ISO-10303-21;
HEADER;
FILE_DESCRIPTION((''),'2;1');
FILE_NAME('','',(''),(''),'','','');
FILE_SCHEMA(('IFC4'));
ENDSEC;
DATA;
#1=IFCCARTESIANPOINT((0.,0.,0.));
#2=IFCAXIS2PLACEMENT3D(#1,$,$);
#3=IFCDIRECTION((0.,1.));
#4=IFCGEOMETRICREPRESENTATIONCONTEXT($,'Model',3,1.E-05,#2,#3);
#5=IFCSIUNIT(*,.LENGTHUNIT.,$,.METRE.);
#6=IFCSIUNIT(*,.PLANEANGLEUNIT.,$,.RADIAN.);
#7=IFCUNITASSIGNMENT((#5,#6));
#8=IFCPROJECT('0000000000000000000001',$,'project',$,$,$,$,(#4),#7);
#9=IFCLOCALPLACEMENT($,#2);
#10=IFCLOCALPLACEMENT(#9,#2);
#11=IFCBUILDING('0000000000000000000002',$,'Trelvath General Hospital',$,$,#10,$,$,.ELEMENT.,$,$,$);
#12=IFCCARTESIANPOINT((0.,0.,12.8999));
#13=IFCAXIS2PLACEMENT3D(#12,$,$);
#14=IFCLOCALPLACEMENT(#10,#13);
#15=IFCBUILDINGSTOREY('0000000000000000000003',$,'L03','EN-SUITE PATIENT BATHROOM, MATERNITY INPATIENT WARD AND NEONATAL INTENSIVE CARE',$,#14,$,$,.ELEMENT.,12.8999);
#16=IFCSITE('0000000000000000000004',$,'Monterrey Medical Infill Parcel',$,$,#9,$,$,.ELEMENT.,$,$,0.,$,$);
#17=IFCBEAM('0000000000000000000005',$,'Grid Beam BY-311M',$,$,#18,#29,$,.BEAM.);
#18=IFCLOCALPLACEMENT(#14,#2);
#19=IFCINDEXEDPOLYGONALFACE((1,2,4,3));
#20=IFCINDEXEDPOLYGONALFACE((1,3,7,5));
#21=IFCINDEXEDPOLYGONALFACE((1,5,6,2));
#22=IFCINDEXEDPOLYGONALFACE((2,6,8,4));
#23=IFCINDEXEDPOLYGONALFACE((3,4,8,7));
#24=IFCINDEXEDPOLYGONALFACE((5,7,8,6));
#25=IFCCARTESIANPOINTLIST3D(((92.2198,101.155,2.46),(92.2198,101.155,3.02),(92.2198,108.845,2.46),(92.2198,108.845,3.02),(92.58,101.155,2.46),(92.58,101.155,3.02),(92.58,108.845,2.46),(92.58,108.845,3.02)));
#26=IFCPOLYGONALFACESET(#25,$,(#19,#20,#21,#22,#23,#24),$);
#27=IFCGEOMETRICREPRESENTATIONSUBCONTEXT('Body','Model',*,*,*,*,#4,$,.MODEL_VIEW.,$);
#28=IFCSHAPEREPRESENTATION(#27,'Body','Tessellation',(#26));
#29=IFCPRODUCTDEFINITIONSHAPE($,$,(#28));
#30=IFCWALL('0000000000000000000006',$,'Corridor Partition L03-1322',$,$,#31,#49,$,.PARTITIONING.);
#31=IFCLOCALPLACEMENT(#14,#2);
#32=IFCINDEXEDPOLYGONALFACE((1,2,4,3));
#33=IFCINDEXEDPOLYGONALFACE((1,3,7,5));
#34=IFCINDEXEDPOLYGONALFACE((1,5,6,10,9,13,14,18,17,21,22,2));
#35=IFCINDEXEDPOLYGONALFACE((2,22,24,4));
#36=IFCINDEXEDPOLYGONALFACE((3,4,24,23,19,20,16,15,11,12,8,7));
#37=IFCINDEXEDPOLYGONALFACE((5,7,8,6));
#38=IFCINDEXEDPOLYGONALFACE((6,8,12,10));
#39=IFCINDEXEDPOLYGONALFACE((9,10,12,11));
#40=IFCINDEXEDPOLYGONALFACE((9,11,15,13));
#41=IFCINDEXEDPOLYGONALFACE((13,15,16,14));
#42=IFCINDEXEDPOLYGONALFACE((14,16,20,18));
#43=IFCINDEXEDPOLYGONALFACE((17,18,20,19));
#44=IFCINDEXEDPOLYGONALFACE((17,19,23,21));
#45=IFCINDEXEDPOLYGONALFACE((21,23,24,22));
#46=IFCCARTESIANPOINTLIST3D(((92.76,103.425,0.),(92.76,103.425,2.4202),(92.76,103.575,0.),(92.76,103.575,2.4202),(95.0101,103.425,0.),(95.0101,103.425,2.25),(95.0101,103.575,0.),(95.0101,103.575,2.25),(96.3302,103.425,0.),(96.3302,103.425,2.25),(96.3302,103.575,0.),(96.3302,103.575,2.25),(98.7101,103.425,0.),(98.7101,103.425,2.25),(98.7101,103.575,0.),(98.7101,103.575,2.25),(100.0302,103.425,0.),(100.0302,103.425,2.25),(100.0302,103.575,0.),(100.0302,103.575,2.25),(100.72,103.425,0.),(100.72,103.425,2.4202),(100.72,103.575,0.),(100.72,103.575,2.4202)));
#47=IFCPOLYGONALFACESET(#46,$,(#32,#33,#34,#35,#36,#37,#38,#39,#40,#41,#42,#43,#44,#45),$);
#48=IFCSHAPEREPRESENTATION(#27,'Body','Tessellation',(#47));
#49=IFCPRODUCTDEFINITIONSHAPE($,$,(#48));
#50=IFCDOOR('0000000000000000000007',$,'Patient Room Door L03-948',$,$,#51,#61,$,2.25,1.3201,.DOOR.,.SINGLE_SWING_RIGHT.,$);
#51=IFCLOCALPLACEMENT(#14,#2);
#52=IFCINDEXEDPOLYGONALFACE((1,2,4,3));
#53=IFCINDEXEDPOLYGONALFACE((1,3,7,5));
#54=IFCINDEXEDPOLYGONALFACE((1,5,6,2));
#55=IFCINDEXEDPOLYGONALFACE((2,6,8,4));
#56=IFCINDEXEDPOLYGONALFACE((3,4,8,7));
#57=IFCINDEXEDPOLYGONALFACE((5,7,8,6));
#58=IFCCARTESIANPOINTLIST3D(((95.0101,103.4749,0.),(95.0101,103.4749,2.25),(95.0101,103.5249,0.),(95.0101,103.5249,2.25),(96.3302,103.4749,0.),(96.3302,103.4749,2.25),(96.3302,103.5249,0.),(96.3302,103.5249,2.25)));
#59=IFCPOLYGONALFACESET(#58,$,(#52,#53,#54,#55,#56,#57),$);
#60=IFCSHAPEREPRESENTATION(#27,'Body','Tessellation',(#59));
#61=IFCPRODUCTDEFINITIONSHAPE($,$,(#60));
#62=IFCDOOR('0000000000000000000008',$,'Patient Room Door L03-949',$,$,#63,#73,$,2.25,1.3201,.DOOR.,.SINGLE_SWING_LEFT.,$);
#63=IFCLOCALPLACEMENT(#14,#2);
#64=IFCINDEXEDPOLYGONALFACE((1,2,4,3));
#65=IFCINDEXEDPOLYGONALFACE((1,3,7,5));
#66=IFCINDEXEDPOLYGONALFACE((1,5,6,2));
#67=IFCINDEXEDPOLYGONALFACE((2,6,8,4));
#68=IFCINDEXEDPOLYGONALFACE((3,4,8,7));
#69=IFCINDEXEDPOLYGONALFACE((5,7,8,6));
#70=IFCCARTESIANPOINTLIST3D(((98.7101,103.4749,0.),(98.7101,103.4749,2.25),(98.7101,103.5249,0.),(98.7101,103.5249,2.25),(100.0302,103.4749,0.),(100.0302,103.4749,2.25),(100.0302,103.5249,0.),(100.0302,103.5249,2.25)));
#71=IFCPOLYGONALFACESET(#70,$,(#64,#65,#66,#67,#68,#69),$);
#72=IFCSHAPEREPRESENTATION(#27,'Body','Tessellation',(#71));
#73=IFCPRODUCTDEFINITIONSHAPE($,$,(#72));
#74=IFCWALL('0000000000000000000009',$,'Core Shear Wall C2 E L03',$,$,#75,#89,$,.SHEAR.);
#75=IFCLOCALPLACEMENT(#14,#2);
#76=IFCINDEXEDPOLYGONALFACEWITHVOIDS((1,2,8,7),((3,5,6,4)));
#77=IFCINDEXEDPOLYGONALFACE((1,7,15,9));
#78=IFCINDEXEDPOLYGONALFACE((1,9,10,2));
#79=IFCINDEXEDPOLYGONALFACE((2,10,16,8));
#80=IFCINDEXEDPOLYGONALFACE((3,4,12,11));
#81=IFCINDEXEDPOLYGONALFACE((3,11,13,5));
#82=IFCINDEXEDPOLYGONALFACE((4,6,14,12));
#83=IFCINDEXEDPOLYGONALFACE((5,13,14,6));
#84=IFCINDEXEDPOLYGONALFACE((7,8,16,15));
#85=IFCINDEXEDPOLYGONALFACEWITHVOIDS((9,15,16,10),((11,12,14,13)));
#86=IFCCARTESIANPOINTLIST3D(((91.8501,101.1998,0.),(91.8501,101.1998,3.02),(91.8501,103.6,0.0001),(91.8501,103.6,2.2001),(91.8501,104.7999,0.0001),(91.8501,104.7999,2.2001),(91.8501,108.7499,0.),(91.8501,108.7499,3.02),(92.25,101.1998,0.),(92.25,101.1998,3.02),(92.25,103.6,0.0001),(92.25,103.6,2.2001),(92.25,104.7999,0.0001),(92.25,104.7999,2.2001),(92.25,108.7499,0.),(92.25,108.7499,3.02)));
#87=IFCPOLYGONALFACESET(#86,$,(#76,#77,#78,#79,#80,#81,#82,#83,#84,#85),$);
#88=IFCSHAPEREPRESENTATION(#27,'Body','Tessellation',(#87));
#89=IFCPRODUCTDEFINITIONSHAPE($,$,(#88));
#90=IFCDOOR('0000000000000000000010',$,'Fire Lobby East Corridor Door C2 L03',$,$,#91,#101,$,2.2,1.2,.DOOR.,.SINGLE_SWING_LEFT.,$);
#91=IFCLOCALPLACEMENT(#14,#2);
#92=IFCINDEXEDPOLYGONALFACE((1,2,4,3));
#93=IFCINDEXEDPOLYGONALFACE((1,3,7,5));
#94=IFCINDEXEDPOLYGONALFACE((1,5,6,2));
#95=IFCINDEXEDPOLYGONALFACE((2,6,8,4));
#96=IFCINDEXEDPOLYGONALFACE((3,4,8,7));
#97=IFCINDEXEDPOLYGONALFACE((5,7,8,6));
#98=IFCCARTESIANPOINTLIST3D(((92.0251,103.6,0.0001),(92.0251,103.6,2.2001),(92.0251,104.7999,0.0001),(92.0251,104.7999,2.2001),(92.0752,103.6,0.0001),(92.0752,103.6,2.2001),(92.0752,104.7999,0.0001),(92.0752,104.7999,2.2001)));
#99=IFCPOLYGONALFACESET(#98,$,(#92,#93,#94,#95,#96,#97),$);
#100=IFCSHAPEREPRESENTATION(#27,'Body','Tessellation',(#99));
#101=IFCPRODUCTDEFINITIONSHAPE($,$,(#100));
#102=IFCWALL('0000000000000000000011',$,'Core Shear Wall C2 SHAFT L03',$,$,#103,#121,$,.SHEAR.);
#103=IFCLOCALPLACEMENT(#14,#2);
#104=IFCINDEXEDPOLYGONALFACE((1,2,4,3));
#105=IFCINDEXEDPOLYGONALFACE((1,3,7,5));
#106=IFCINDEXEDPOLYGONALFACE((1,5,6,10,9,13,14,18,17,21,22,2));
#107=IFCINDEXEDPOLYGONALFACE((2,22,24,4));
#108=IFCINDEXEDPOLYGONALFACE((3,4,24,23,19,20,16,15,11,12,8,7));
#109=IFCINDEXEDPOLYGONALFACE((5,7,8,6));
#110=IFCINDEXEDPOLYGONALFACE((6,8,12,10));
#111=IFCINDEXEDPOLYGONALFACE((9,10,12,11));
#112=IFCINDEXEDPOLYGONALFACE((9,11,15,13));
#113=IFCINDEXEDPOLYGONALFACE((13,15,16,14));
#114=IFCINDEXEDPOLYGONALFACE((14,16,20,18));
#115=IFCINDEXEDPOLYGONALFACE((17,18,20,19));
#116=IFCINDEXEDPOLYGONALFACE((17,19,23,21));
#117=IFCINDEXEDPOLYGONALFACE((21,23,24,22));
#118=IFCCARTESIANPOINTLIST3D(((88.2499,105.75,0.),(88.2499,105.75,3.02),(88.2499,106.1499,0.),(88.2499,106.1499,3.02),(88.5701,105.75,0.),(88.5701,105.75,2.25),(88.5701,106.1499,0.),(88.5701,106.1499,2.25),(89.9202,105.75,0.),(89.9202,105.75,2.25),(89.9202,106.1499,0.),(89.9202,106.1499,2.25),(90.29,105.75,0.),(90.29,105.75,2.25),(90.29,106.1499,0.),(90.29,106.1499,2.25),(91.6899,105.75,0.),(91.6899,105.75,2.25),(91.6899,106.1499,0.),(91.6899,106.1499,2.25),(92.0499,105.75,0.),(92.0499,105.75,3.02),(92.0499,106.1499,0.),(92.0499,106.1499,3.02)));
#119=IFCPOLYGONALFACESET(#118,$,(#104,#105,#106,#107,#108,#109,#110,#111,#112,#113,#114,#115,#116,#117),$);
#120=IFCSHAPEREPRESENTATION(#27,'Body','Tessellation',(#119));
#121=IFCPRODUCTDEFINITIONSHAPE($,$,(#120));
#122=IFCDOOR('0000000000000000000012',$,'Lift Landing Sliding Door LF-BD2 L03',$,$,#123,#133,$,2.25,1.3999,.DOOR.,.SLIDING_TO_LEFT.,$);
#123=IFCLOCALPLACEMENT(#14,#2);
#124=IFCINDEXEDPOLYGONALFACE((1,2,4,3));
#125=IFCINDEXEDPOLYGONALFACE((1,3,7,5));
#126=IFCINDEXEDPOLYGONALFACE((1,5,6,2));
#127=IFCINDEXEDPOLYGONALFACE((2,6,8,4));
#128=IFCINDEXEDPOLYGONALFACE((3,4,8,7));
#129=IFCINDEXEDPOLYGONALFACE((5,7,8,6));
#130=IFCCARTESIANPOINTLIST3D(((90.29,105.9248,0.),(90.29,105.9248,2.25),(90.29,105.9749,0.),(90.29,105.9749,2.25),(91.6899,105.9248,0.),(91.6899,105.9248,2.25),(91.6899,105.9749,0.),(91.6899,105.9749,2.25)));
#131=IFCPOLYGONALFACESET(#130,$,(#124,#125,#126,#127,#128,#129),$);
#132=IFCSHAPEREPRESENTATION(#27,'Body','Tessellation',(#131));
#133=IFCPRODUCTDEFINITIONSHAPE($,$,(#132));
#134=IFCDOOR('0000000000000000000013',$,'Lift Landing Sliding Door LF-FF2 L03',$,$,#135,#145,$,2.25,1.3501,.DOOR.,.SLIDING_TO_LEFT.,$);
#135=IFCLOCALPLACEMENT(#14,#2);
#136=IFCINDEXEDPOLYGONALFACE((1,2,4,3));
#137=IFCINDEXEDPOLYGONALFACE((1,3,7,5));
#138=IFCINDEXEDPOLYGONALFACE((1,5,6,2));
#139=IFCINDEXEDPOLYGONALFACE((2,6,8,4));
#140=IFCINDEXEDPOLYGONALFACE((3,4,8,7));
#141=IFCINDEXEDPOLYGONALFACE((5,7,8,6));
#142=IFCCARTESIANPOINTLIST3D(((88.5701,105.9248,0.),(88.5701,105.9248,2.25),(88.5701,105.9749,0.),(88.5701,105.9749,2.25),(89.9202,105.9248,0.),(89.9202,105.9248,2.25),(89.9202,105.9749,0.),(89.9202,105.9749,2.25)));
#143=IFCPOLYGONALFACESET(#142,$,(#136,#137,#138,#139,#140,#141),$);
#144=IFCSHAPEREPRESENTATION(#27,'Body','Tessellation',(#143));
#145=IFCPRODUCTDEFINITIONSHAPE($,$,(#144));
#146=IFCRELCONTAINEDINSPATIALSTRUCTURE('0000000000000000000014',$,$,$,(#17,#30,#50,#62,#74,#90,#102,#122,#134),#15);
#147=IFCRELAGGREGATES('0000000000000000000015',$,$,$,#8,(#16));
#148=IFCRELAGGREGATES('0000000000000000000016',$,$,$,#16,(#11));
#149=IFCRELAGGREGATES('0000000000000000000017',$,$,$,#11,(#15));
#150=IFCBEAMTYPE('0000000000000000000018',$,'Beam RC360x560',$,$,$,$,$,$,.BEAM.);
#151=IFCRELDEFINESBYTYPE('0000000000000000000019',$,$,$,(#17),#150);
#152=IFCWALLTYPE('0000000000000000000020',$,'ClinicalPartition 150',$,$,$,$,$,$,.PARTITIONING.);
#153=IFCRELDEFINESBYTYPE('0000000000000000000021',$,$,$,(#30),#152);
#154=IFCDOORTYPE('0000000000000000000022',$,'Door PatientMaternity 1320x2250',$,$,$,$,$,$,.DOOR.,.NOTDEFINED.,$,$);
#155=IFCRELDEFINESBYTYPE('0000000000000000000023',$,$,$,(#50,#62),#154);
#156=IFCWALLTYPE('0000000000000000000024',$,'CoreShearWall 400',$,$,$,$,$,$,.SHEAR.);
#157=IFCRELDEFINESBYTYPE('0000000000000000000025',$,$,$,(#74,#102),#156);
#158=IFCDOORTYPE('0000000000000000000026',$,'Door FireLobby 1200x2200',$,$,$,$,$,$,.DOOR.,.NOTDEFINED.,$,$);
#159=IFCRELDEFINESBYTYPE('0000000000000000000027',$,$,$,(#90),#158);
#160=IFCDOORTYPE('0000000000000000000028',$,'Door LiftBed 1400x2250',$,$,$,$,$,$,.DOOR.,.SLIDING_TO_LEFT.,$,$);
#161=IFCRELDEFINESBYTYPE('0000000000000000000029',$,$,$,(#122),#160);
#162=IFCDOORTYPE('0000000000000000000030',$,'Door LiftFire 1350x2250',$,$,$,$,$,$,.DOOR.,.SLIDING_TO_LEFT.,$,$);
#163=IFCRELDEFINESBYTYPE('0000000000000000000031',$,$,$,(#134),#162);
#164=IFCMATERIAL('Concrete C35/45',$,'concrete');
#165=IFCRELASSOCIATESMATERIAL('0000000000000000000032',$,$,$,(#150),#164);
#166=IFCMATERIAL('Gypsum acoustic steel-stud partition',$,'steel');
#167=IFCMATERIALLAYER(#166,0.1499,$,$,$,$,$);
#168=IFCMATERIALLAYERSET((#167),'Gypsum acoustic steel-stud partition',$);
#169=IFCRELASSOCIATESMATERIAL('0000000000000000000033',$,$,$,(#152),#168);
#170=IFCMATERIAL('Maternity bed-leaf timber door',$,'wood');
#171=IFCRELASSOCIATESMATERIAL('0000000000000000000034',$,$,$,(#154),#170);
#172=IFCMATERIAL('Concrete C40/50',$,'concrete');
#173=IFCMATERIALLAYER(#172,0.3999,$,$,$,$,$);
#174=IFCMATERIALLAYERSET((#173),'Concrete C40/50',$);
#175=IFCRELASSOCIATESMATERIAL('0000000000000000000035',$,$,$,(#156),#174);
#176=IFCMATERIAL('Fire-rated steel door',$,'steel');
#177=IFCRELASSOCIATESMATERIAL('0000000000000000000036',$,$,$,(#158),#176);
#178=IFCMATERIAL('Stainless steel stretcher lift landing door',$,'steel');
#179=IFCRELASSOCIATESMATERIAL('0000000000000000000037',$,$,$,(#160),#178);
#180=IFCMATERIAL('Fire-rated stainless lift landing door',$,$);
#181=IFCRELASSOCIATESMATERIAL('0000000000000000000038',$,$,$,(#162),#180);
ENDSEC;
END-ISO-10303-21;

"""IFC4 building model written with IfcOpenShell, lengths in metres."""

from ifc_helpers import new_model, si_unit, direction, frame, frame_2d, origin, origin_2d, place, context, subcontext, project, spatial, rectangle, extrude, material, layer, layer_set, material_profile, profile_set, type_object, element, fill, save


model = new_model("IFC4")

# Units and contexts
model_context = context("Model", 3, precision=1e-05, world=origin(), true_north=direction((0.0, 1.0)))
body_context = subcontext(model_context, "Body", "Model", "MODEL_VIEW")
ifc_project = project(units=[si_unit("LENGTHUNIT", "METRE"), si_unit("PLANEANGLEUNIT", "RADIAN")], contexts=[model_context])

# Site, building, storey
site_placement = place(None, origin())
site = spatial("IfcSite", under=ifc_project, at=site_placement, Name="Monterrey Medical Infill Parcel", CompositionType="ELEMENT", RefElevation=0.0)
building_placement = place(site_placement, origin())
building = spatial("IfcBuilding", under=site, at=building_placement, Name="Trelvath General Hospital", CompositionType="ELEMENT")
storey_placement = place(building_placement, frame((0.0, 0.0, 12.8999)))
storey = spatial("IfcBuildingStorey", under=building, at=storey_placement, Name="L03", Description="EN-SUITE PATIENT BATHROOM, MATERNITY INPATIENT WARD AND NEONATAL INTENSIVE CARE", CompositionType="ELEMENT", Elevation=12.8999)

# Beam
ifc_material_1 = material(Name="Concrete C35/45", Category="concrete")
ifc_material_profile = material_profile(ifc_material_1, rectangle(XDim=0.3601, YDim=0.5601, at=origin_2d()), Name="RCB360x560")
ifc_profile_set = profile_set([ifc_material_profile], Name="Concrete C35/45")
beam_type = type_object("IfcBeamType", Name="Beam RC360x560", PredefinedType="BEAM", material=ifc_profile_set)
beam_placement = place(storey_placement, frame((92.3999, 101.155, 2.74), z_axis=(0.0, 1.0, 0.0), x_axis=(-1.0, 0.0, 0.0)))
element("IfcBeam", 1, at=beam_placement, inside=storey, type_object=beam_type, Name="Grid Beam BY-311M", PredefinedType="BEAM", context=body_context, shape_type="SweptSolid", body=[
    extrude(rectangle(XDim=0.3601, YDim=0.5601, at=origin_2d()), origin(), (0.0, 0.0, 1.0), 7.6899),
])

# Wall, openings, doors
ifc_material_2 = material(Name="Gypsum acoustic steel-stud partition", Category="steel")
ifc_layer_1 = layer(ifc_material_2, 0.1499)
ifc_layer_set_1 = layer_set([ifc_layer_1], Name="Gypsum acoustic steel-stud partition")
wall_type_1 = type_object("IfcWallType", Name="ClinicalPartition 150", PredefinedType="PARTITIONING", material=ifc_layer_set_1)
wall_1_placement = place(storey_placement, frame((92.76, 103.5, 0.0), z_axis=(0.0, 0.0, 1.0), x_axis=(1.0, 0.0, 0.0)))
wall_1 = element("IfcWall", 2, at=wall_1_placement, inside=storey, type_object=wall_type_1, Name="Corridor Partition L03-1322", PredefinedType="PARTITIONING", context=body_context, shape_type="SweptSolid", body=[
    extrude(rectangle(XDim=7.96, YDim=0.1499, at=frame_2d((3.98, 0.0))), origin(), (0.0, 0.0, 1.0), 2.4202),
])
opening_1_placement = place(wall_1_placement, frame((2.25, 0.0, 0.0)))
opening_1 = element("IfcOpeningElement", 3, at=opening_1_placement, cuts=wall_1, PredefinedType="OPENING", context=body_context, shape_type="SweptSolid", body=[
    extrude(rectangle(XDim=1.3201, YDim=2.25, at=frame_2d((0.6602, 1.125))), frame((0.0, 0.085, 0.0), z_axis=(0.0, -1.0, 0.0), x_axis=(1.0, 0.0, 0.0)), (0.0, 0.0, 1.0), 0.1699),
])
opening_2_placement = place(wall_1_placement, frame((5.95, 0.0, 0.0)))
opening_2 = element("IfcOpeningElement", 4, at=opening_2_placement, cuts=wall_1, PredefinedType="OPENING", context=body_context, shape_type="SweptSolid", body=[
    extrude(rectangle(XDim=1.3201, YDim=2.25, at=frame_2d((0.6602, 1.125))), frame((0.0, 0.085, 0.0), z_axis=(0.0, -1.0, 0.0), x_axis=(1.0, 0.0, 0.0)), (0.0, 0.0, 1.0), 0.1699),
])
ifc_material_3 = material(Name="Maternity bed-leaf timber door", Category="wood")
door_type_1 = type_object("IfcDoorType", Name="Door PatientMaternity 1320x2250", OperationType="NOTDEFINED", PredefinedType="DOOR", material=ifc_material_3)
door_1_placement = place(opening_1_placement, origin())
door_1 = element("IfcDoor", 5, at=door_1_placement, inside=storey, type_object=door_type_1, Name="Patient Room Door L03-948", OperationType="SINGLE_SWING_RIGHT", OverallHeight=2.25, OverallWidth=1.3201, PredefinedType="DOOR", context=body_context, shape_type="SweptSolid", body=[
    extrude(rectangle(XDim=1.3201, YDim=2.25, at=frame_2d((0.6602, 1.125))), frame((0.0, 0.0249, 0.0), z_axis=(0.0, -1.0, 0.0), x_axis=(1.0, 0.0, 0.0)), (0.0, 0.0, 1.0), 0.05),
])
fill(opening_1, door_1)
door_2_placement = place(opening_2_placement, origin())
door_2 = element("IfcDoor", 6, at=door_2_placement, inside=storey, type_object=door_type_1, Name="Patient Room Door L03-949", OperationType="SINGLE_SWING_LEFT", OverallHeight=2.25, OverallWidth=1.3201, PredefinedType="DOOR", context=body_context, shape_type="SweptSolid", body=[
    extrude(rectangle(XDim=1.3201, YDim=2.25, at=frame_2d((0.6602, 1.125))), frame((0.0, 0.0249, 0.0), z_axis=(0.0, -1.0, 0.0), x_axis=(1.0, 0.0, 0.0)), (0.0, 0.0, 1.0), 0.05),
])
fill(opening_2, door_2)

# Wall, opening, door
ifc_material_4 = material(Name="Concrete C40/50", Category="concrete")
ifc_layer_2 = layer(ifc_material_4, 0.3999)
ifc_layer_set_2 = layer_set([ifc_layer_2], Name="Concrete C40/50")
wall_type_2 = type_object("IfcWallType", Name="CoreShearWall 400", PredefinedType="SHEAR", material=ifc_layer_set_2)
wall_2_placement = place(storey_placement, frame((92.05, 101.2, 0.0), z_axis=(0.0, 0.0, 1.0), x_axis=(0.0, 1.0, 0.0)))
wall_2 = element("IfcWall", 7, at=wall_2_placement, inside=storey, type_object=wall_type_2, Name="Core Shear Wall C2 E L03", PredefinedType="SHEAR", context=body_context, shape_type="SweptSolid", body=[
    extrude(rectangle(XDim=7.55, YDim=0.3999, at=frame_2d((3.7749, 0.0))), origin(), (0.0, 0.0, 1.0), 3.02),
])
opening_3_placement = place(wall_2_placement, frame((2.3999, 0.0, 0.0)))
opening_3 = element("IfcOpeningElement", 8, at=opening_3_placement, cuts=wall_2, PredefinedType="OPENING", context=body_context, shape_type="SweptSolid", body=[
    extrude(rectangle(XDim=1.2, YDim=2.2, at=frame_2d((0.6001, 1.1001))), frame((0.0, 0.21, 0.0), z_axis=(0.0, -1.0, 0.0), x_axis=(1.0, 0.0, 0.0)), (0.0, 0.0, 1.0), 0.4199),
])
ifc_material_5 = material(Name="Fire-rated steel door", Category="steel")
door_type_2 = type_object("IfcDoorType", Name="Door FireLobby 1200x2200", OperationType="NOTDEFINED", PredefinedType="DOOR", material=ifc_material_5)
door_3_placement = place(opening_3_placement, origin())
door_3 = element("IfcDoor", 9, at=door_3_placement, inside=storey, type_object=door_type_2, Name="Fire Lobby East Corridor Door C2 L03", OperationType="SINGLE_SWING_LEFT", OverallHeight=2.2, OverallWidth=1.2, PredefinedType="DOOR", context=body_context, shape_type="SweptSolid", body=[
    extrude(rectangle(XDim=1.2, YDim=2.2, at=frame_2d((0.6001, 1.1001))), frame((0.0, 0.0249, 0.0), z_axis=(0.0, -1.0, 0.0), x_axis=(1.0, 0.0, 0.0)), (0.0, 0.0, 1.0), 0.05),
])
fill(opening_3, door_3)

# Wall, openings, doors
wall_3_placement = place(storey_placement, frame((88.25, 105.95, 0.0), z_axis=(0.0, 0.0, 1.0), x_axis=(1.0, 0.0, 0.0)))
wall_3 = element("IfcWall", 10, at=wall_3_placement, inside=storey, type_object=wall_type_2, Name="Core Shear Wall C2 SHAFT L03", PredefinedType="SHEAR", context=body_context, shape_type="SweptSolid", body=[
    extrude(rectangle(XDim=3.8, YDim=0.3999, at=frame_2d((1.8999, 0.0))), origin(), (0.0, 0.0, 1.0), 3.02),
])
opening_4_placement = place(wall_3_placement, frame((0.3201, 0.0, 0.0)))
opening_4 = element("IfcOpeningElement", 11, at=opening_4_placement, cuts=wall_3, PredefinedType="OPENING", context=body_context, shape_type="SweptSolid", body=[
    extrude(rectangle(XDim=1.3501, YDim=2.25, at=frame_2d((0.675, 1.125))), frame((0.0, 0.21, 0.0), z_axis=(0.0, -1.0, 0.0), x_axis=(1.0, 0.0, 0.0)), (0.0, 0.0, 1.0), 0.4199),
])
opening_5_placement = place(wall_3_placement, frame((2.04, 0.0, 0.0)))
opening_5 = element("IfcOpeningElement", 12, at=opening_5_placement, cuts=wall_3, PredefinedType="OPENING", context=body_context, shape_type="SweptSolid", body=[
    extrude(rectangle(XDim=1.3999, YDim=2.25, at=frame_2d((0.7, 1.125))), frame((0.0, 0.21, 0.0), z_axis=(0.0, -1.0, 0.0), x_axis=(1.0, 0.0, 0.0)), (0.0, 0.0, 1.0), 0.4199),
])
ifc_material_6 = material(Name="Stainless steel stretcher lift landing door", Category="steel")
door_type_3 = type_object("IfcDoorType", Name="Door LiftBed 1400x2250", OperationType="SLIDING_TO_LEFT", PredefinedType="DOOR", material=ifc_material_6)
door_4_placement = place(opening_5_placement, origin())
door_4 = element("IfcDoor", 13, at=door_4_placement, inside=storey, type_object=door_type_3, Name="Lift Landing Sliding Door LF-BD2 L03", OperationType="SLIDING_TO_LEFT", OverallHeight=2.25, OverallWidth=1.3999, PredefinedType="DOOR", context=body_context, shape_type="SweptSolid", body=[
    extrude(rectangle(XDim=1.3999, YDim=2.25, at=frame_2d((0.7, 1.125))), frame((0.0, 0.0249, 0.0), z_axis=(0.0, -1.0, 0.0), x_axis=(1.0, 0.0, 0.0)), (0.0, 0.0, 1.0), 0.05),
])
fill(opening_5, door_4)
ifc_material_7 = material(Name="Fire-rated stainless lift landing door")
door_type_4 = type_object("IfcDoorType", Name="Door LiftFire 1350x2250", OperationType="SLIDING_TO_LEFT", PredefinedType="DOOR", material=ifc_material_7)
door_5_placement = place(opening_4_placement, origin())
door_5 = element("IfcDoor", 14, at=door_5_placement, inside=storey, type_object=door_type_4, Name="Lift Landing Sliding Door LF-FF2 L03", OperationType="SLIDING_TO_LEFT", OverallHeight=2.25, OverallWidth=1.3501, PredefinedType="DOOR", context=body_context, shape_type="SweptSolid", body=[
    extrude(rectangle(XDim=1.3501, YDim=2.25, at=frame_2d((0.675, 1.125))), frame((0.0, 0.0249, 0.0), z_axis=(0.0, -1.0, 0.0), x_axis=(1.0, 0.0, 0.0)), (0.0, 0.0, 1.0), 0.05),
])
fill(opening_4, door_5)

save(model, "model.ifc")
